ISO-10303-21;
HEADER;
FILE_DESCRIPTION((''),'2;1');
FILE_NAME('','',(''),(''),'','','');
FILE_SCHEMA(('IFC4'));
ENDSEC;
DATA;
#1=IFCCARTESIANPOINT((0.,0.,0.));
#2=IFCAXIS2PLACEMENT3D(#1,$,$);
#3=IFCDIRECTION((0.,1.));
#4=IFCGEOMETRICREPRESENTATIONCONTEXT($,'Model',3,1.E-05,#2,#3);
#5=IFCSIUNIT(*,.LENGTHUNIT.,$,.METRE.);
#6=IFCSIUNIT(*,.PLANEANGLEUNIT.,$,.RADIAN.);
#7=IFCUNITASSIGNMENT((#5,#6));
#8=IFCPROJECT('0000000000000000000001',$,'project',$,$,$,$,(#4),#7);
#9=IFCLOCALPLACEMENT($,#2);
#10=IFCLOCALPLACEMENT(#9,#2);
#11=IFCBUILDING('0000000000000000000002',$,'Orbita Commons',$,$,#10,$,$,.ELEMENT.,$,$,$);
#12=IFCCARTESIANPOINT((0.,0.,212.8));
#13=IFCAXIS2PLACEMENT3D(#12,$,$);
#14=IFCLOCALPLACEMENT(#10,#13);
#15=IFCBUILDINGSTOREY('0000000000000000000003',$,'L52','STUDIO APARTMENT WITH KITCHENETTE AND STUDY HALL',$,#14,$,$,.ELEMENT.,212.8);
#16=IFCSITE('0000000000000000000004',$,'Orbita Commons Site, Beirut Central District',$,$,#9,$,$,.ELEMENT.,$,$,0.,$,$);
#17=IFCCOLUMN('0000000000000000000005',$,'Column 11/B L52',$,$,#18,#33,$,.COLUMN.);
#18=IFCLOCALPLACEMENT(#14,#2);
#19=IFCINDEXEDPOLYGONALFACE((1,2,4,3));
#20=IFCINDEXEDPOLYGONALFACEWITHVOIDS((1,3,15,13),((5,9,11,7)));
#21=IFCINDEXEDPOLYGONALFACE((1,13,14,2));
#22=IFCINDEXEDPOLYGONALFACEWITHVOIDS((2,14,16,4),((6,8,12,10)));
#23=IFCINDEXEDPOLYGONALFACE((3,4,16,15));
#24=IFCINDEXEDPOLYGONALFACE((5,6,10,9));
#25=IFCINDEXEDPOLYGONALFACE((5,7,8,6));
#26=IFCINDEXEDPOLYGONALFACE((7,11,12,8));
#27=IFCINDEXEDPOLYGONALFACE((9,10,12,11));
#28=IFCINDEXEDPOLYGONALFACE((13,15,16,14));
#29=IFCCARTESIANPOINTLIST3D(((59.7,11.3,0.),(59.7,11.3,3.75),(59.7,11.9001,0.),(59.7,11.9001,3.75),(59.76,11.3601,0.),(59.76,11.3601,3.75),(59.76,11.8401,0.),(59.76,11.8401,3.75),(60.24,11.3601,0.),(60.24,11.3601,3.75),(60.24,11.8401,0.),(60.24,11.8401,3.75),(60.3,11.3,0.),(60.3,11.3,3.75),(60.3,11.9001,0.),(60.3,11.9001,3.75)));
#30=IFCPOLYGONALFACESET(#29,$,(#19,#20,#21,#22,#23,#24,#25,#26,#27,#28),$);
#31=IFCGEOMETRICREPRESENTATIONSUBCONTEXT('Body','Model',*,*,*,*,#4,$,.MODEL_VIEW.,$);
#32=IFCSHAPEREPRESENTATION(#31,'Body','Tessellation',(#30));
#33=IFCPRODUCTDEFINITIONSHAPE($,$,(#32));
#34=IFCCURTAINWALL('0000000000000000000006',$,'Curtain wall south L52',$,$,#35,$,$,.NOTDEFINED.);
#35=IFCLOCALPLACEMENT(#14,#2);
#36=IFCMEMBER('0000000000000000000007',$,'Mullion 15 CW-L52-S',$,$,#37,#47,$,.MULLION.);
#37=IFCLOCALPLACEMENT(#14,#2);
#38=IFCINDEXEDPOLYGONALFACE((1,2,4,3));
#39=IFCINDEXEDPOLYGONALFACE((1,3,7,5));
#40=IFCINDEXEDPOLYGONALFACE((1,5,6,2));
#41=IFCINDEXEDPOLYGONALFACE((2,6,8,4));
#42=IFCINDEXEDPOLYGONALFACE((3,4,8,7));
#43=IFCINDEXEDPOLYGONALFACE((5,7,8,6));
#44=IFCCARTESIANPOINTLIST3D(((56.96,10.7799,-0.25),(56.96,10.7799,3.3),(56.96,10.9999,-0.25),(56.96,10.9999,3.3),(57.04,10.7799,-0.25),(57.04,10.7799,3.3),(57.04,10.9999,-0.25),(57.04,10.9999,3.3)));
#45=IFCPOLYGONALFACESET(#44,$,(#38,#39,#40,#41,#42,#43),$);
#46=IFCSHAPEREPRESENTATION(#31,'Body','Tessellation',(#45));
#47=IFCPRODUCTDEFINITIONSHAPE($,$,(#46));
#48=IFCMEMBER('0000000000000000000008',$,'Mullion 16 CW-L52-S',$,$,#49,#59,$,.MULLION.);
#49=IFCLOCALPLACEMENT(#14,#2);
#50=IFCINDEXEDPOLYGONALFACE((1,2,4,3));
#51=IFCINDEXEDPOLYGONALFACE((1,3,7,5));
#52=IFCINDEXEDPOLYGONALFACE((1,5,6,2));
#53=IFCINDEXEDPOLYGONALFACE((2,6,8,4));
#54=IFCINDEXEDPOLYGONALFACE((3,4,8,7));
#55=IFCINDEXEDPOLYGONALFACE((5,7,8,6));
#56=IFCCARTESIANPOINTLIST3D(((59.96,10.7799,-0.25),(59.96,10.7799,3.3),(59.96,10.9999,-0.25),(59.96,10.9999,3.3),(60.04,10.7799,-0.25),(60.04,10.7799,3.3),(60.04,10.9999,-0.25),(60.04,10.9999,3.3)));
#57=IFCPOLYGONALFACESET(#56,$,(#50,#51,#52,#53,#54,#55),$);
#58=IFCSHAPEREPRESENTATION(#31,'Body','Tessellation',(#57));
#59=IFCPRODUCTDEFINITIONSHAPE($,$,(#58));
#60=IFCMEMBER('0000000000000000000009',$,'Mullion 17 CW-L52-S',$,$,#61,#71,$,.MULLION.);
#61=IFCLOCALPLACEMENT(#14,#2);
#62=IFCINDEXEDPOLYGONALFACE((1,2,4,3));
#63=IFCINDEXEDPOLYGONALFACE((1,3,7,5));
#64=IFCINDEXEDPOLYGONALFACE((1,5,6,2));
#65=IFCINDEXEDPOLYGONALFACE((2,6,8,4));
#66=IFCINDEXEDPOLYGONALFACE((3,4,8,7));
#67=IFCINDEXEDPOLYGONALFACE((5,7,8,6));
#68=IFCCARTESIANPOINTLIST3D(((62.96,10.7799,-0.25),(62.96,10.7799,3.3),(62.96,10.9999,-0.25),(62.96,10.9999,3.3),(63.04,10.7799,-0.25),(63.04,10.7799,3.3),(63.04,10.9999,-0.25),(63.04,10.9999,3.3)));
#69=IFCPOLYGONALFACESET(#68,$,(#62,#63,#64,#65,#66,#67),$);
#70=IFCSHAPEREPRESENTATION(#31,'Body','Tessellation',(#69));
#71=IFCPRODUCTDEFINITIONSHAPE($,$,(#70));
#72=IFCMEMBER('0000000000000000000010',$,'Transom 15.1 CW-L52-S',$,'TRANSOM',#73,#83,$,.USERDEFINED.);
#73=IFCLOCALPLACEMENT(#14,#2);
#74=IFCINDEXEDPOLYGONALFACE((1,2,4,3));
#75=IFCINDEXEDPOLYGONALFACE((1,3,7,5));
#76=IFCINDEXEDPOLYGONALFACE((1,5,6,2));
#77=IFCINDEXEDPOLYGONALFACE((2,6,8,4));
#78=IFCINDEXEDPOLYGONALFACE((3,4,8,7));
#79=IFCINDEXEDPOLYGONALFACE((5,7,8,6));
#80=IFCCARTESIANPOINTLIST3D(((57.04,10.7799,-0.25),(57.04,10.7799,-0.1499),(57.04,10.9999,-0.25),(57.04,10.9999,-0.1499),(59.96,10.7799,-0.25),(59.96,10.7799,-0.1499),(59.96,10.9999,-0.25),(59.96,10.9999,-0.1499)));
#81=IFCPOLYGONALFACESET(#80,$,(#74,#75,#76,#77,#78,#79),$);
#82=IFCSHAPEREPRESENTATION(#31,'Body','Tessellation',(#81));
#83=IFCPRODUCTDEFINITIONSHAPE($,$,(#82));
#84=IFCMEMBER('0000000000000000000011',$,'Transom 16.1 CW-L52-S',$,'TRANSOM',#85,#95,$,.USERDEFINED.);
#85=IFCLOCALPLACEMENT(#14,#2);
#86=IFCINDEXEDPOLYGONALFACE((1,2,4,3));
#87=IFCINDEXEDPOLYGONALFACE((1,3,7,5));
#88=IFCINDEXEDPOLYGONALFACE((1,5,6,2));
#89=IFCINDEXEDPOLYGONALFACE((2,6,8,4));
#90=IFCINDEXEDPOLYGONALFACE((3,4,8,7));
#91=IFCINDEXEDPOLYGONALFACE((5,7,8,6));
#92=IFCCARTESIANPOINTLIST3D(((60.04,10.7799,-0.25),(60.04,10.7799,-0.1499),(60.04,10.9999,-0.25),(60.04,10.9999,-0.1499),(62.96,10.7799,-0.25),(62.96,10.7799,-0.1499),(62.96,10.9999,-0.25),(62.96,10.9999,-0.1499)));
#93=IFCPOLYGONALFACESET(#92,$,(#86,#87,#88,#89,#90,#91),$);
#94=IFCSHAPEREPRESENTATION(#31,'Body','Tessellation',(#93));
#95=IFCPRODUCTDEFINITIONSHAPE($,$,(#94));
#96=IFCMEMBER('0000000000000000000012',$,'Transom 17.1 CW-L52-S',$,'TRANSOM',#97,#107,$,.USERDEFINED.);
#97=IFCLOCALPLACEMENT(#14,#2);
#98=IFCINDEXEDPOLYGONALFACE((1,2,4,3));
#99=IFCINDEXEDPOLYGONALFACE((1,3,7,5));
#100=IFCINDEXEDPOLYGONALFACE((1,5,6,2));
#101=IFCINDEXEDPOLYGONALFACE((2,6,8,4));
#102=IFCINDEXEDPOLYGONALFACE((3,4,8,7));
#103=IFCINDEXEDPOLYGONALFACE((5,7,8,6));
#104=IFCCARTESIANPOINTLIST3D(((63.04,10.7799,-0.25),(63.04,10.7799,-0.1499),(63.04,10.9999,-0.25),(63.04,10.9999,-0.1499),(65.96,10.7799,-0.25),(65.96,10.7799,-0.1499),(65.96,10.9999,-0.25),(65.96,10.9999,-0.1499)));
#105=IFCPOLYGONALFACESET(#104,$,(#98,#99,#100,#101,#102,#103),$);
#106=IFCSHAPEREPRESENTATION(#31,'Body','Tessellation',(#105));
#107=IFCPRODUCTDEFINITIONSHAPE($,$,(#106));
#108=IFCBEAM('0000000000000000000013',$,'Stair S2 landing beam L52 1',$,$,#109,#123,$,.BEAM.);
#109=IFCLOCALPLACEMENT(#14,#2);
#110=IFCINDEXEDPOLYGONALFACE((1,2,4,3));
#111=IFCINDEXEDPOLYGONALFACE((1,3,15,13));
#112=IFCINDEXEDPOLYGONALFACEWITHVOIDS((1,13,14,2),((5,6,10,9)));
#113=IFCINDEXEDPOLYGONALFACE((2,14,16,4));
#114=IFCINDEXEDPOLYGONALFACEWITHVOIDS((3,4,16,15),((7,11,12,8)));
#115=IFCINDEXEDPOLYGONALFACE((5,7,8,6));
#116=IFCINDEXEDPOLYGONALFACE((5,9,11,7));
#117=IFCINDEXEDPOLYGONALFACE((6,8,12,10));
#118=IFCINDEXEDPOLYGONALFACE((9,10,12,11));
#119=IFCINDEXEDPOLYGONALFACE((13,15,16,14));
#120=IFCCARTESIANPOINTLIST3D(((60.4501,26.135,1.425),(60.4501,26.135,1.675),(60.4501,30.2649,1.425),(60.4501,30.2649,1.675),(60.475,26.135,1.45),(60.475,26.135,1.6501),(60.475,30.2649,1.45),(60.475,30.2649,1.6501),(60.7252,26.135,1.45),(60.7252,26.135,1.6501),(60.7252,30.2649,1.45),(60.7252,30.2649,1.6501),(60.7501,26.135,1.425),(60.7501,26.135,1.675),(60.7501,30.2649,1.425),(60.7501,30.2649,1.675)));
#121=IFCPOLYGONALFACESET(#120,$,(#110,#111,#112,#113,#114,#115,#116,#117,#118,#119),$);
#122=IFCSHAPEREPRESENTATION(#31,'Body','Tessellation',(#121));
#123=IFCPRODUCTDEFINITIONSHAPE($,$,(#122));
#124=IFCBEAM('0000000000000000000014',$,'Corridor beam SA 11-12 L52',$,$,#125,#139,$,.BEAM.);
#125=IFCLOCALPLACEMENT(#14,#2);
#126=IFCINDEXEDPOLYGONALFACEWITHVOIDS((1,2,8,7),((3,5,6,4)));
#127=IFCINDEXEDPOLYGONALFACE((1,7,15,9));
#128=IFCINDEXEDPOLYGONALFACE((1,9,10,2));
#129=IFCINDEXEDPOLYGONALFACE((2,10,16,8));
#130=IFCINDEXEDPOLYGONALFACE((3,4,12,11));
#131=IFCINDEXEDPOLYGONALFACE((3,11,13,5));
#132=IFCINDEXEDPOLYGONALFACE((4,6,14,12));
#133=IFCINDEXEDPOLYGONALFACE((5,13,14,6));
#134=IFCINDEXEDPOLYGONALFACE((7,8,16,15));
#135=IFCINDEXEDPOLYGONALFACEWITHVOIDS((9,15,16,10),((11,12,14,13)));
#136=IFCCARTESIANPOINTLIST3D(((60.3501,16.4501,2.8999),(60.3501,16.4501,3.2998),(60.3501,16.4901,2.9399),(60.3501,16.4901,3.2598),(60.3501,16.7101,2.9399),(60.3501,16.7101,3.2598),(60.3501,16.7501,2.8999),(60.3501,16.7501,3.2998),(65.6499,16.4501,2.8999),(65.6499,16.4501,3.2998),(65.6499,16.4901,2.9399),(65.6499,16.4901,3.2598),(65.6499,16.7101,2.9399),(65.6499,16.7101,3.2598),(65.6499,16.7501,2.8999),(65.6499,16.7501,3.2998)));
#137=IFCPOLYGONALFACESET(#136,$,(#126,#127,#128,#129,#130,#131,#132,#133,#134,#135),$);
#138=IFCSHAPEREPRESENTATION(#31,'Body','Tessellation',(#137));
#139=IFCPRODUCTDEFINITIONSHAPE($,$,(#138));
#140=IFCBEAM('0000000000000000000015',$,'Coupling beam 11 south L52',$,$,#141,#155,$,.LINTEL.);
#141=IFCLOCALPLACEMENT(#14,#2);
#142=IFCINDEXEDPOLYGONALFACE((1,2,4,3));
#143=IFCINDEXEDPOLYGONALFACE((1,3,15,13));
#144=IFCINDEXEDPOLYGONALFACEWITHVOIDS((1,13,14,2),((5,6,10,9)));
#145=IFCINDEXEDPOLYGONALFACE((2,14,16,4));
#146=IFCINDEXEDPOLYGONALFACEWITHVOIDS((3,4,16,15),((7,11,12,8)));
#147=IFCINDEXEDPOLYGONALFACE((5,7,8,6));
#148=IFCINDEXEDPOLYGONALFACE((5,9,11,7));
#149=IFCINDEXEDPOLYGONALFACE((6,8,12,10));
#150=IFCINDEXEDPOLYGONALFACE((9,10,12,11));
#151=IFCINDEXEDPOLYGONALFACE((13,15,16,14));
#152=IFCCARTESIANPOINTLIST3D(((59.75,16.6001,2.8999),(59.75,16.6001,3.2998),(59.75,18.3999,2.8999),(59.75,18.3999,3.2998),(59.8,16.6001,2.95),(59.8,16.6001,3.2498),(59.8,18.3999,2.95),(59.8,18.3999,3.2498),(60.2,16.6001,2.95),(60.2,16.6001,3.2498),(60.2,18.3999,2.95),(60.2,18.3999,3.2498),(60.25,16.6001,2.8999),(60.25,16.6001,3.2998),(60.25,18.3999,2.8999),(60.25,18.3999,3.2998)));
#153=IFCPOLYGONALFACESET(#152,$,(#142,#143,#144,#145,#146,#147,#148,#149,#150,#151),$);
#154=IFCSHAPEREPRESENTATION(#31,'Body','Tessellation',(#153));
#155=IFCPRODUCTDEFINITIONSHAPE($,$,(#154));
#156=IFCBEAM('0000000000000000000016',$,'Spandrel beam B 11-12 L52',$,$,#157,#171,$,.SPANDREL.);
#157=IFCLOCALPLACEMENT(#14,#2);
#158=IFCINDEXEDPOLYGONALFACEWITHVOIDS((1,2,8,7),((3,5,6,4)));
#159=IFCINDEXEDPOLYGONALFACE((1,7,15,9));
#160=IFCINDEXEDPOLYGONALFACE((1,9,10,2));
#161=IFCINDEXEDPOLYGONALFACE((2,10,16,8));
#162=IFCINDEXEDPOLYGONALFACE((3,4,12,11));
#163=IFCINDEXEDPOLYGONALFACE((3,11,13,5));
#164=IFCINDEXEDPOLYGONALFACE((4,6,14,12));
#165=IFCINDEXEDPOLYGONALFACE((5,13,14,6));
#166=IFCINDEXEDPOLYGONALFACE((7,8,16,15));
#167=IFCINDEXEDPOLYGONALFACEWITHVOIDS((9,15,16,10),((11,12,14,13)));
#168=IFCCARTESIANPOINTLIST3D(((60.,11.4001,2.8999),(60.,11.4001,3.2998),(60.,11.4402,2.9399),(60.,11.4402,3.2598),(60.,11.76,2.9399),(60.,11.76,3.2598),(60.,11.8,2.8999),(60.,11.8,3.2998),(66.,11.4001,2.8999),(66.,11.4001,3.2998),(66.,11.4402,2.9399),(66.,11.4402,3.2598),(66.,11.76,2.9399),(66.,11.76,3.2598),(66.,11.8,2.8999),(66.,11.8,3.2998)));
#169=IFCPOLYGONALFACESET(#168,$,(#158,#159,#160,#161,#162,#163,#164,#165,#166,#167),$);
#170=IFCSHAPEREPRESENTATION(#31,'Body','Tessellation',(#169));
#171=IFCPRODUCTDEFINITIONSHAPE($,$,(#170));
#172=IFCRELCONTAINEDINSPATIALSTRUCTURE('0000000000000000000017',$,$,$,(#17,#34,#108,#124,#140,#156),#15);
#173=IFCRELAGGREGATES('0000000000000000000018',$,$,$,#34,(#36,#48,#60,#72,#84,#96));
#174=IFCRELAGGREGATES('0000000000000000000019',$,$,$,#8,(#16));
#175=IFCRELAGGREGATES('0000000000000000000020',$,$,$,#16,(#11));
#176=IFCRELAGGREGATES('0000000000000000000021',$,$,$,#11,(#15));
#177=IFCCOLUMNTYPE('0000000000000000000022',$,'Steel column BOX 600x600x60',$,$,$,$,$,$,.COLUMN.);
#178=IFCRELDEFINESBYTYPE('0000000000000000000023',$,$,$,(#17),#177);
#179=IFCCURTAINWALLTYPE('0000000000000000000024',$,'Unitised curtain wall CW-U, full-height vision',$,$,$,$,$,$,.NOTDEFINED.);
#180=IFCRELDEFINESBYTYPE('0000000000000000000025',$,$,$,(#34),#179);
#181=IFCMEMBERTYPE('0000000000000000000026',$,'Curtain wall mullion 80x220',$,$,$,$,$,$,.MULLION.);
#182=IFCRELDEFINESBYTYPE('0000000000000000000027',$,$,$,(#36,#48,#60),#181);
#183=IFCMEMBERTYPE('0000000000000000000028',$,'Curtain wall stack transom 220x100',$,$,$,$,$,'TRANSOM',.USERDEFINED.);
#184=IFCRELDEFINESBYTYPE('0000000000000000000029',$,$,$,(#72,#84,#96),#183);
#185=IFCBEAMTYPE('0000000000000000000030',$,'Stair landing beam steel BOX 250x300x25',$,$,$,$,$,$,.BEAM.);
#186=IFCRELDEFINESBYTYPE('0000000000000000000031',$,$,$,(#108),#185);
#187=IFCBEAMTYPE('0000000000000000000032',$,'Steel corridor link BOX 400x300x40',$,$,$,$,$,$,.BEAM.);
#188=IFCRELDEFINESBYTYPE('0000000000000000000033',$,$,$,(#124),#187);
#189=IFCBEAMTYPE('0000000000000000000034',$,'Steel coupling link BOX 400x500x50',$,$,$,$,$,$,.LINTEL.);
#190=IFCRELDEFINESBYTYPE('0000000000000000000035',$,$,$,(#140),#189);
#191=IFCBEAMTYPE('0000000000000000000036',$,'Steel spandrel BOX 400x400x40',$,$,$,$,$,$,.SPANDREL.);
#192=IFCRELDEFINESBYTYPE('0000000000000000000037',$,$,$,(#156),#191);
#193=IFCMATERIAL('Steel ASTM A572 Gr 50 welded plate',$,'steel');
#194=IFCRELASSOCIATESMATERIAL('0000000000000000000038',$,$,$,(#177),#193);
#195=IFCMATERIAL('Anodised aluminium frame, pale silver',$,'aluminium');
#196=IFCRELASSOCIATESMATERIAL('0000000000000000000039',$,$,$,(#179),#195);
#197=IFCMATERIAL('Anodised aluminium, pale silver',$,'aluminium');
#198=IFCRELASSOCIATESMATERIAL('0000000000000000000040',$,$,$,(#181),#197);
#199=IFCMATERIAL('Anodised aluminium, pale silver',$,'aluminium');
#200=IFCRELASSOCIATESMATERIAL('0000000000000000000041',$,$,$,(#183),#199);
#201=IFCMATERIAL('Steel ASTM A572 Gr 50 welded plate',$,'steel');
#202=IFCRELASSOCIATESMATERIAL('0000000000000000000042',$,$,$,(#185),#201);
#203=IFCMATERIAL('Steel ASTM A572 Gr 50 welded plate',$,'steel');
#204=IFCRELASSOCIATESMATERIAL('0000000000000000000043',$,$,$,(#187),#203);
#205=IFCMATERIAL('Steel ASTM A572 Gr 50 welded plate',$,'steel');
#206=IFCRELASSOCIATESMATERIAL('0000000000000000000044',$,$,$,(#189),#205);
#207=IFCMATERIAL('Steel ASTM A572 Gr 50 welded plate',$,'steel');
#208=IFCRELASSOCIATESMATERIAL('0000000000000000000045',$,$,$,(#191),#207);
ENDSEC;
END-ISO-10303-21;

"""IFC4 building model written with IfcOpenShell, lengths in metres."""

from ifc_helpers import new_model, si_unit, direction, frame, origin, origin_2d, place, context, subcontext, project, spatial, rectangle, hollow_rectangle, extrude, material, material_profile, profile_set, type_object, element, aggregate, save


model = new_model("IFC4")

# Units and contexts
model_context = context("Model", 3, precision=1e-05, world=origin(), true_north=direction((0.0, 1.0)))
body_context = subcontext(model_context, "Body", "Model", "MODEL_VIEW")
ifc_project = project(units=[si_unit("LENGTHUNIT", "METRE"), si_unit("PLANEANGLEUNIT", "RADIAN")], contexts=[model_context])

# Site, building, storey
site_placement = place(None, origin())
site = spatial("IfcSite", under=ifc_project, at=site_placement, Name="Orbita Commons Site, Beirut Central District", CompositionType="ELEMENT", RefElevation=0.0)
building_placement = place(site_placement, origin())
building = spatial("IfcBuilding", under=site, at=building_placement, Name="Orbita Commons", CompositionType="ELEMENT")
storey_placement = place(building_placement, frame((0.0, 0.0, 212.8)))
storey = spatial("IfcBuildingStorey", under=building, at=storey_placement, Name="L52", Description="STUDIO APARTMENT WITH KITCHENETTE AND STUDY HALL", CompositionType="ELEMENT", Elevation=212.8)

# Column
ifc_material_1 = material(Name="Steel ASTM A572 Gr 50 welded plate", Category="steel")
ifc_material_profile_1 = material_profile(ifc_material_1, hollow_rectangle(XDim=0.6001, YDim=0.6001, WallThickness=0.0601, at=origin_2d()), Name="BOX 600x600x60")
ifc_profile_set_1 = profile_set([ifc_material_profile_1], Name="Steel ASTM A572 Gr 50 welded plate")
column_type = type_object("IfcColumnType", Name="Steel column BOX 600x600x60", PredefinedType="COLUMN", material=ifc_profile_set_1)
column_placement = place(storey_placement, frame((60.0, 11.6001, 0.0), z_axis=(0.0, 0.0, 1.0), x_axis=(1.0, 0.0, 0.0)))
element("IfcColumn", 1, at=column_placement, inside=storey, type_object=column_type, Name="Column 11/B L52", PredefinedType="COLUMN", context=body_context, shape_type="SweptSolid", body=[
    extrude(hollow_rectangle(XDim=0.6001, YDim=0.6001, WallThickness=0.0601, at=origin_2d()), origin(), (0.0, 0.0, 1.0), 3.75),
])

# Curtain wall, members
ifc_material_2 = material(Name="Anodised aluminium frame, pale silver", Category="aluminium")
curtain_wall_type = type_object("IfcCurtainWallType", Name="Unitised curtain wall CW-U, full-height vision", PredefinedType="NOTDEFINED", material=ifc_material_2)
curtain_wall_placement = place(storey_placement, origin())
curtain_wall = element("IfcCurtainWall", 2, at=curtain_wall_placement, inside=storey, type_object=curtain_wall_type, Name="Curtain wall south L52", PredefinedType="NOTDEFINED")
ifc_material_3 = material(Name="Anodised aluminium, pale silver", Category="aluminium")
ifc_material_profile_2 = material_profile(ifc_material_3, rectangle(XDim=0.0801, YDim=0.22, at=origin_2d()), Name="AL 80x220")
ifc_profile_set_2 = profile_set([ifc_material_profile_2], Name="Anodised aluminium, pale silver")
member_type_1 = type_object("IfcMemberType", Name="Curtain wall mullion 80x220", PredefinedType="MULLION", material=ifc_profile_set_2)
member_1_placement = place(storey_placement, frame((57.0, 10.8899, -0.25), z_axis=(0.0, 0.0, 1.0), x_axis=(1.0, 0.0, 0.0)))
member_1 = element("IfcMember", 3, at=member_1_placement, type_object=member_type_1, Name="Mullion 15 CW-L52-S", PredefinedType="MULLION", context=body_context, shape_type="SweptSolid", body=[
    extrude(rectangle(XDim=0.0801, YDim=0.22, at=origin_2d()), origin(), (0.0, 0.0, 1.0), 3.55),
])
member_2_placement = place(storey_placement, frame((60.0, 10.8899, -0.25), z_axis=(0.0, 0.0, 1.0), x_axis=(1.0, 0.0, 0.0)))
member_2 = element("IfcMember", 4, at=member_2_placement, type_object=member_type_1, Name="Mullion 16 CW-L52-S", PredefinedType="MULLION", context=body_context, shape_type="SweptSolid", body=[
    extrude(rectangle(XDim=0.0801, YDim=0.22, at=origin_2d()), origin(), (0.0, 0.0, 1.0), 3.55),
])
member_3_placement = place(storey_placement, frame((63.0, 10.8899, -0.25), z_axis=(0.0, 0.0, 1.0), x_axis=(1.0, 0.0, 0.0)))
member_3 = element("IfcMember", 5, at=member_3_placement, type_object=member_type_1, Name="Mullion 17 CW-L52-S", PredefinedType="MULLION", context=body_context, shape_type="SweptSolid", body=[
    extrude(rectangle(XDim=0.0801, YDim=0.22, at=origin_2d()), origin(), (0.0, 0.0, 1.0), 3.55),
])
ifc_material_4 = material(Name="Anodised aluminium, pale silver", Category="aluminium")
ifc_material_profile_3 = material_profile(ifc_material_4, rectangle(XDim=0.22, YDim=0.1001, at=origin_2d()), Name="AL 220x100")
ifc_profile_set_3 = profile_set([ifc_material_profile_3], Name="Anodised aluminium, pale silver")
member_type_2 = type_object("IfcMemberType", Name="Curtain wall stack transom 220x100", ElementType="TRANSOM", PredefinedType="USERDEFINED", material=ifc_profile_set_3)
member_4_placement = place(storey_placement, frame((57.04, 10.8899, -0.2), z_axis=(1.0, 0.0, 0.0), x_axis=(0.0, 1.0, 0.0)))
member_4 = element("IfcMember", 6, at=member_4_placement, type_object=member_type_2, Name="Transom 15.1 CW-L52-S", ObjectType="TRANSOM", PredefinedType="USERDEFINED", context=body_context, shape_type="SweptSolid", body=[
    extrude(rectangle(XDim=0.22, YDim=0.1001, at=origin_2d()), origin(), (0.0, 0.0, 1.0), 2.9199),
])
member_5_placement = place(storey_placement, frame((60.04, 10.8899, -0.2), z_axis=(1.0, 0.0, 0.0), x_axis=(0.0, 1.0, 0.0)))
member_5 = element("IfcMember", 7, at=member_5_placement, type_object=member_type_2, Name="Transom 16.1 CW-L52-S", ObjectType="TRANSOM", PredefinedType="USERDEFINED", context=body_context, shape_type="SweptSolid", body=[
    extrude(rectangle(XDim=0.22, YDim=0.1001, at=origin_2d()), origin(), (0.0, 0.0, 1.0), 2.9199),
])
member_6_placement = place(storey_placement, frame((63.04, 10.8899, -0.2), z_axis=(1.0, 0.0, 0.0), x_axis=(0.0, 1.0, 0.0)))
member_6 = element("IfcMember", 8, at=member_6_placement, type_object=member_type_2, Name="Transom 17.1 CW-L52-S", ObjectType="TRANSOM", PredefinedType="USERDEFINED", context=body_context, shape_type="SweptSolid", body=[
    extrude(rectangle(XDim=0.22, YDim=0.1001, at=origin_2d()), origin(), (0.0, 0.0, 1.0), 2.9199),
])

# Beams
ifc_material_5 = material(Name="Steel ASTM A572 Gr 50 welded plate", Category="steel")
ifc_material_profile_4 = material_profile(ifc_material_5, hollow_rectangle(XDim=0.3, YDim=0.25, WallThickness=0.0249, at=origin_2d()), Name="BOX 250x300x25")
ifc_profile_set_4 = profile_set([ifc_material_profile_4], Name="Steel ASTM A572 Gr 50 welded plate")
beam_type_1 = type_object("IfcBeamType", Name="Stair landing beam steel BOX 250x300x25", PredefinedType="BEAM", material=ifc_profile_set_4)
beam_1_placement = place(storey_placement, frame((60.6001, 26.135, 1.55), z_axis=(0.0, 1.0, 0.0), x_axis=(-1.0, 0.0, 0.0)))
element("IfcBeam", 9, at=beam_1_placement, inside=storey, type_object=beam_type_1, Name="Stair S2 landing beam L52 1", PredefinedType="BEAM", context=body_context, shape_type="SweptSolid", body=[
    extrude(hollow_rectangle(XDim=0.3, YDim=0.25, WallThickness=0.0249, at=origin_2d()), origin(), (0.0, 0.0, 1.0), 4.1299),
])
ifc_material_6 = material(Name="Steel ASTM A572 Gr 50 welded plate", Category="steel")
ifc_material_profile_5 = material_profile(ifc_material_6, hollow_rectangle(XDim=0.3, YDim=0.3999, WallThickness=0.04, at=origin_2d()), Name="BOX 400x300x40")
ifc_profile_set_5 = profile_set([ifc_material_profile_5], Name="Steel ASTM A572 Gr 50 welded plate")
beam_type_2 = type_object("IfcBeamType", Name="Steel corridor link BOX 400x300x40", PredefinedType="BEAM", material=ifc_profile_set_5)
beam_2_placement = place(storey_placement, frame((60.3501, 16.6001, 3.0999), z_axis=(1.0, 0.0, 0.0), x_axis=(0.0, 1.0, 0.0)))
element("IfcBeam", 10, at=beam_2_placement, inside=storey, type_object=beam_type_2, Name="Corridor beam SA 11-12 L52", PredefinedType="BEAM", context=body_context, shape_type="SweptSolid", body=[
    extrude(hollow_rectangle(XDim=0.3, YDim=0.3999, WallThickness=0.04, at=origin_2d()), origin(), (0.0, 0.0, 1.0), 5.2998),
])
ifc_material_7 = material(Name="Steel ASTM A572 Gr 50 welded plate", Category="steel")
ifc_material_profile_6 = material_profile(ifc_material_7, hollow_rectangle(XDim=0.5, YDim=0.3999, WallThickness=0.05, at=origin_2d()), Name="BOX 400x500x50")
ifc_profile_set_6 = profile_set([ifc_material_profile_6], Name="Steel ASTM A572 Gr 50 welded plate")
beam_type_3 = type_object("IfcBeamType", Name="Steel coupling link BOX 400x500x50", PredefinedType="LINTEL", material=ifc_profile_set_6)
beam_3_placement = place(storey_placement, frame((60.0, 16.6001, 3.0999), z_axis=(0.0, 1.0, 0.0), x_axis=(-1.0, 0.0, 0.0)))
element("IfcBeam", 11, at=beam_3_placement, inside=storey, type_object=beam_type_3, Name="Coupling beam 11 south L52", PredefinedType="LINTEL", context=body_context, shape_type="SweptSolid", body=[
    extrude(hollow_rectangle(XDim=0.5, YDim=0.3999, WallThickness=0.05, at=origin_2d()), origin(), (0.0, 0.0, 1.0), 1.7998),
])
ifc_material_8 = material(Name="Steel ASTM A572 Gr 50 welded plate", Category="steel")
ifc_material_profile_7 = material_profile(ifc_material_8, hollow_rectangle(XDim=0.3999, YDim=0.3999, WallThickness=0.04, at=origin_2d()), Name="BOX 400x400x40")
ifc_profile_set_7 = profile_set([ifc_material_profile_7], Name="Steel ASTM A572 Gr 50 welded plate")
beam_type_4 = type_object("IfcBeamType", Name="Steel spandrel BOX 400x400x40", PredefinedType="SPANDREL", material=ifc_profile_set_7)
beam_4_placement = place(storey_placement, frame((60.0, 11.6001, 3.0999), z_axis=(1.0, 0.0, 0.0), x_axis=(0.0, 1.0, 0.0)))
element("IfcBeam", 12, at=beam_4_placement, inside=storey, type_object=beam_type_4, Name="Spandrel beam B 11-12 L52", PredefinedType="SPANDREL", context=body_context, shape_type="SweptSolid", body=[
    extrude(hollow_rectangle(XDim=0.3999, YDim=0.3999, WallThickness=0.04, at=origin_2d()), origin(), (0.0, 0.0, 1.0), 6.0),
])

aggregate(curtain_wall, [member_1, member_2, member_3, member_4, member_5, member_6])

save(model, "model.ifc")
